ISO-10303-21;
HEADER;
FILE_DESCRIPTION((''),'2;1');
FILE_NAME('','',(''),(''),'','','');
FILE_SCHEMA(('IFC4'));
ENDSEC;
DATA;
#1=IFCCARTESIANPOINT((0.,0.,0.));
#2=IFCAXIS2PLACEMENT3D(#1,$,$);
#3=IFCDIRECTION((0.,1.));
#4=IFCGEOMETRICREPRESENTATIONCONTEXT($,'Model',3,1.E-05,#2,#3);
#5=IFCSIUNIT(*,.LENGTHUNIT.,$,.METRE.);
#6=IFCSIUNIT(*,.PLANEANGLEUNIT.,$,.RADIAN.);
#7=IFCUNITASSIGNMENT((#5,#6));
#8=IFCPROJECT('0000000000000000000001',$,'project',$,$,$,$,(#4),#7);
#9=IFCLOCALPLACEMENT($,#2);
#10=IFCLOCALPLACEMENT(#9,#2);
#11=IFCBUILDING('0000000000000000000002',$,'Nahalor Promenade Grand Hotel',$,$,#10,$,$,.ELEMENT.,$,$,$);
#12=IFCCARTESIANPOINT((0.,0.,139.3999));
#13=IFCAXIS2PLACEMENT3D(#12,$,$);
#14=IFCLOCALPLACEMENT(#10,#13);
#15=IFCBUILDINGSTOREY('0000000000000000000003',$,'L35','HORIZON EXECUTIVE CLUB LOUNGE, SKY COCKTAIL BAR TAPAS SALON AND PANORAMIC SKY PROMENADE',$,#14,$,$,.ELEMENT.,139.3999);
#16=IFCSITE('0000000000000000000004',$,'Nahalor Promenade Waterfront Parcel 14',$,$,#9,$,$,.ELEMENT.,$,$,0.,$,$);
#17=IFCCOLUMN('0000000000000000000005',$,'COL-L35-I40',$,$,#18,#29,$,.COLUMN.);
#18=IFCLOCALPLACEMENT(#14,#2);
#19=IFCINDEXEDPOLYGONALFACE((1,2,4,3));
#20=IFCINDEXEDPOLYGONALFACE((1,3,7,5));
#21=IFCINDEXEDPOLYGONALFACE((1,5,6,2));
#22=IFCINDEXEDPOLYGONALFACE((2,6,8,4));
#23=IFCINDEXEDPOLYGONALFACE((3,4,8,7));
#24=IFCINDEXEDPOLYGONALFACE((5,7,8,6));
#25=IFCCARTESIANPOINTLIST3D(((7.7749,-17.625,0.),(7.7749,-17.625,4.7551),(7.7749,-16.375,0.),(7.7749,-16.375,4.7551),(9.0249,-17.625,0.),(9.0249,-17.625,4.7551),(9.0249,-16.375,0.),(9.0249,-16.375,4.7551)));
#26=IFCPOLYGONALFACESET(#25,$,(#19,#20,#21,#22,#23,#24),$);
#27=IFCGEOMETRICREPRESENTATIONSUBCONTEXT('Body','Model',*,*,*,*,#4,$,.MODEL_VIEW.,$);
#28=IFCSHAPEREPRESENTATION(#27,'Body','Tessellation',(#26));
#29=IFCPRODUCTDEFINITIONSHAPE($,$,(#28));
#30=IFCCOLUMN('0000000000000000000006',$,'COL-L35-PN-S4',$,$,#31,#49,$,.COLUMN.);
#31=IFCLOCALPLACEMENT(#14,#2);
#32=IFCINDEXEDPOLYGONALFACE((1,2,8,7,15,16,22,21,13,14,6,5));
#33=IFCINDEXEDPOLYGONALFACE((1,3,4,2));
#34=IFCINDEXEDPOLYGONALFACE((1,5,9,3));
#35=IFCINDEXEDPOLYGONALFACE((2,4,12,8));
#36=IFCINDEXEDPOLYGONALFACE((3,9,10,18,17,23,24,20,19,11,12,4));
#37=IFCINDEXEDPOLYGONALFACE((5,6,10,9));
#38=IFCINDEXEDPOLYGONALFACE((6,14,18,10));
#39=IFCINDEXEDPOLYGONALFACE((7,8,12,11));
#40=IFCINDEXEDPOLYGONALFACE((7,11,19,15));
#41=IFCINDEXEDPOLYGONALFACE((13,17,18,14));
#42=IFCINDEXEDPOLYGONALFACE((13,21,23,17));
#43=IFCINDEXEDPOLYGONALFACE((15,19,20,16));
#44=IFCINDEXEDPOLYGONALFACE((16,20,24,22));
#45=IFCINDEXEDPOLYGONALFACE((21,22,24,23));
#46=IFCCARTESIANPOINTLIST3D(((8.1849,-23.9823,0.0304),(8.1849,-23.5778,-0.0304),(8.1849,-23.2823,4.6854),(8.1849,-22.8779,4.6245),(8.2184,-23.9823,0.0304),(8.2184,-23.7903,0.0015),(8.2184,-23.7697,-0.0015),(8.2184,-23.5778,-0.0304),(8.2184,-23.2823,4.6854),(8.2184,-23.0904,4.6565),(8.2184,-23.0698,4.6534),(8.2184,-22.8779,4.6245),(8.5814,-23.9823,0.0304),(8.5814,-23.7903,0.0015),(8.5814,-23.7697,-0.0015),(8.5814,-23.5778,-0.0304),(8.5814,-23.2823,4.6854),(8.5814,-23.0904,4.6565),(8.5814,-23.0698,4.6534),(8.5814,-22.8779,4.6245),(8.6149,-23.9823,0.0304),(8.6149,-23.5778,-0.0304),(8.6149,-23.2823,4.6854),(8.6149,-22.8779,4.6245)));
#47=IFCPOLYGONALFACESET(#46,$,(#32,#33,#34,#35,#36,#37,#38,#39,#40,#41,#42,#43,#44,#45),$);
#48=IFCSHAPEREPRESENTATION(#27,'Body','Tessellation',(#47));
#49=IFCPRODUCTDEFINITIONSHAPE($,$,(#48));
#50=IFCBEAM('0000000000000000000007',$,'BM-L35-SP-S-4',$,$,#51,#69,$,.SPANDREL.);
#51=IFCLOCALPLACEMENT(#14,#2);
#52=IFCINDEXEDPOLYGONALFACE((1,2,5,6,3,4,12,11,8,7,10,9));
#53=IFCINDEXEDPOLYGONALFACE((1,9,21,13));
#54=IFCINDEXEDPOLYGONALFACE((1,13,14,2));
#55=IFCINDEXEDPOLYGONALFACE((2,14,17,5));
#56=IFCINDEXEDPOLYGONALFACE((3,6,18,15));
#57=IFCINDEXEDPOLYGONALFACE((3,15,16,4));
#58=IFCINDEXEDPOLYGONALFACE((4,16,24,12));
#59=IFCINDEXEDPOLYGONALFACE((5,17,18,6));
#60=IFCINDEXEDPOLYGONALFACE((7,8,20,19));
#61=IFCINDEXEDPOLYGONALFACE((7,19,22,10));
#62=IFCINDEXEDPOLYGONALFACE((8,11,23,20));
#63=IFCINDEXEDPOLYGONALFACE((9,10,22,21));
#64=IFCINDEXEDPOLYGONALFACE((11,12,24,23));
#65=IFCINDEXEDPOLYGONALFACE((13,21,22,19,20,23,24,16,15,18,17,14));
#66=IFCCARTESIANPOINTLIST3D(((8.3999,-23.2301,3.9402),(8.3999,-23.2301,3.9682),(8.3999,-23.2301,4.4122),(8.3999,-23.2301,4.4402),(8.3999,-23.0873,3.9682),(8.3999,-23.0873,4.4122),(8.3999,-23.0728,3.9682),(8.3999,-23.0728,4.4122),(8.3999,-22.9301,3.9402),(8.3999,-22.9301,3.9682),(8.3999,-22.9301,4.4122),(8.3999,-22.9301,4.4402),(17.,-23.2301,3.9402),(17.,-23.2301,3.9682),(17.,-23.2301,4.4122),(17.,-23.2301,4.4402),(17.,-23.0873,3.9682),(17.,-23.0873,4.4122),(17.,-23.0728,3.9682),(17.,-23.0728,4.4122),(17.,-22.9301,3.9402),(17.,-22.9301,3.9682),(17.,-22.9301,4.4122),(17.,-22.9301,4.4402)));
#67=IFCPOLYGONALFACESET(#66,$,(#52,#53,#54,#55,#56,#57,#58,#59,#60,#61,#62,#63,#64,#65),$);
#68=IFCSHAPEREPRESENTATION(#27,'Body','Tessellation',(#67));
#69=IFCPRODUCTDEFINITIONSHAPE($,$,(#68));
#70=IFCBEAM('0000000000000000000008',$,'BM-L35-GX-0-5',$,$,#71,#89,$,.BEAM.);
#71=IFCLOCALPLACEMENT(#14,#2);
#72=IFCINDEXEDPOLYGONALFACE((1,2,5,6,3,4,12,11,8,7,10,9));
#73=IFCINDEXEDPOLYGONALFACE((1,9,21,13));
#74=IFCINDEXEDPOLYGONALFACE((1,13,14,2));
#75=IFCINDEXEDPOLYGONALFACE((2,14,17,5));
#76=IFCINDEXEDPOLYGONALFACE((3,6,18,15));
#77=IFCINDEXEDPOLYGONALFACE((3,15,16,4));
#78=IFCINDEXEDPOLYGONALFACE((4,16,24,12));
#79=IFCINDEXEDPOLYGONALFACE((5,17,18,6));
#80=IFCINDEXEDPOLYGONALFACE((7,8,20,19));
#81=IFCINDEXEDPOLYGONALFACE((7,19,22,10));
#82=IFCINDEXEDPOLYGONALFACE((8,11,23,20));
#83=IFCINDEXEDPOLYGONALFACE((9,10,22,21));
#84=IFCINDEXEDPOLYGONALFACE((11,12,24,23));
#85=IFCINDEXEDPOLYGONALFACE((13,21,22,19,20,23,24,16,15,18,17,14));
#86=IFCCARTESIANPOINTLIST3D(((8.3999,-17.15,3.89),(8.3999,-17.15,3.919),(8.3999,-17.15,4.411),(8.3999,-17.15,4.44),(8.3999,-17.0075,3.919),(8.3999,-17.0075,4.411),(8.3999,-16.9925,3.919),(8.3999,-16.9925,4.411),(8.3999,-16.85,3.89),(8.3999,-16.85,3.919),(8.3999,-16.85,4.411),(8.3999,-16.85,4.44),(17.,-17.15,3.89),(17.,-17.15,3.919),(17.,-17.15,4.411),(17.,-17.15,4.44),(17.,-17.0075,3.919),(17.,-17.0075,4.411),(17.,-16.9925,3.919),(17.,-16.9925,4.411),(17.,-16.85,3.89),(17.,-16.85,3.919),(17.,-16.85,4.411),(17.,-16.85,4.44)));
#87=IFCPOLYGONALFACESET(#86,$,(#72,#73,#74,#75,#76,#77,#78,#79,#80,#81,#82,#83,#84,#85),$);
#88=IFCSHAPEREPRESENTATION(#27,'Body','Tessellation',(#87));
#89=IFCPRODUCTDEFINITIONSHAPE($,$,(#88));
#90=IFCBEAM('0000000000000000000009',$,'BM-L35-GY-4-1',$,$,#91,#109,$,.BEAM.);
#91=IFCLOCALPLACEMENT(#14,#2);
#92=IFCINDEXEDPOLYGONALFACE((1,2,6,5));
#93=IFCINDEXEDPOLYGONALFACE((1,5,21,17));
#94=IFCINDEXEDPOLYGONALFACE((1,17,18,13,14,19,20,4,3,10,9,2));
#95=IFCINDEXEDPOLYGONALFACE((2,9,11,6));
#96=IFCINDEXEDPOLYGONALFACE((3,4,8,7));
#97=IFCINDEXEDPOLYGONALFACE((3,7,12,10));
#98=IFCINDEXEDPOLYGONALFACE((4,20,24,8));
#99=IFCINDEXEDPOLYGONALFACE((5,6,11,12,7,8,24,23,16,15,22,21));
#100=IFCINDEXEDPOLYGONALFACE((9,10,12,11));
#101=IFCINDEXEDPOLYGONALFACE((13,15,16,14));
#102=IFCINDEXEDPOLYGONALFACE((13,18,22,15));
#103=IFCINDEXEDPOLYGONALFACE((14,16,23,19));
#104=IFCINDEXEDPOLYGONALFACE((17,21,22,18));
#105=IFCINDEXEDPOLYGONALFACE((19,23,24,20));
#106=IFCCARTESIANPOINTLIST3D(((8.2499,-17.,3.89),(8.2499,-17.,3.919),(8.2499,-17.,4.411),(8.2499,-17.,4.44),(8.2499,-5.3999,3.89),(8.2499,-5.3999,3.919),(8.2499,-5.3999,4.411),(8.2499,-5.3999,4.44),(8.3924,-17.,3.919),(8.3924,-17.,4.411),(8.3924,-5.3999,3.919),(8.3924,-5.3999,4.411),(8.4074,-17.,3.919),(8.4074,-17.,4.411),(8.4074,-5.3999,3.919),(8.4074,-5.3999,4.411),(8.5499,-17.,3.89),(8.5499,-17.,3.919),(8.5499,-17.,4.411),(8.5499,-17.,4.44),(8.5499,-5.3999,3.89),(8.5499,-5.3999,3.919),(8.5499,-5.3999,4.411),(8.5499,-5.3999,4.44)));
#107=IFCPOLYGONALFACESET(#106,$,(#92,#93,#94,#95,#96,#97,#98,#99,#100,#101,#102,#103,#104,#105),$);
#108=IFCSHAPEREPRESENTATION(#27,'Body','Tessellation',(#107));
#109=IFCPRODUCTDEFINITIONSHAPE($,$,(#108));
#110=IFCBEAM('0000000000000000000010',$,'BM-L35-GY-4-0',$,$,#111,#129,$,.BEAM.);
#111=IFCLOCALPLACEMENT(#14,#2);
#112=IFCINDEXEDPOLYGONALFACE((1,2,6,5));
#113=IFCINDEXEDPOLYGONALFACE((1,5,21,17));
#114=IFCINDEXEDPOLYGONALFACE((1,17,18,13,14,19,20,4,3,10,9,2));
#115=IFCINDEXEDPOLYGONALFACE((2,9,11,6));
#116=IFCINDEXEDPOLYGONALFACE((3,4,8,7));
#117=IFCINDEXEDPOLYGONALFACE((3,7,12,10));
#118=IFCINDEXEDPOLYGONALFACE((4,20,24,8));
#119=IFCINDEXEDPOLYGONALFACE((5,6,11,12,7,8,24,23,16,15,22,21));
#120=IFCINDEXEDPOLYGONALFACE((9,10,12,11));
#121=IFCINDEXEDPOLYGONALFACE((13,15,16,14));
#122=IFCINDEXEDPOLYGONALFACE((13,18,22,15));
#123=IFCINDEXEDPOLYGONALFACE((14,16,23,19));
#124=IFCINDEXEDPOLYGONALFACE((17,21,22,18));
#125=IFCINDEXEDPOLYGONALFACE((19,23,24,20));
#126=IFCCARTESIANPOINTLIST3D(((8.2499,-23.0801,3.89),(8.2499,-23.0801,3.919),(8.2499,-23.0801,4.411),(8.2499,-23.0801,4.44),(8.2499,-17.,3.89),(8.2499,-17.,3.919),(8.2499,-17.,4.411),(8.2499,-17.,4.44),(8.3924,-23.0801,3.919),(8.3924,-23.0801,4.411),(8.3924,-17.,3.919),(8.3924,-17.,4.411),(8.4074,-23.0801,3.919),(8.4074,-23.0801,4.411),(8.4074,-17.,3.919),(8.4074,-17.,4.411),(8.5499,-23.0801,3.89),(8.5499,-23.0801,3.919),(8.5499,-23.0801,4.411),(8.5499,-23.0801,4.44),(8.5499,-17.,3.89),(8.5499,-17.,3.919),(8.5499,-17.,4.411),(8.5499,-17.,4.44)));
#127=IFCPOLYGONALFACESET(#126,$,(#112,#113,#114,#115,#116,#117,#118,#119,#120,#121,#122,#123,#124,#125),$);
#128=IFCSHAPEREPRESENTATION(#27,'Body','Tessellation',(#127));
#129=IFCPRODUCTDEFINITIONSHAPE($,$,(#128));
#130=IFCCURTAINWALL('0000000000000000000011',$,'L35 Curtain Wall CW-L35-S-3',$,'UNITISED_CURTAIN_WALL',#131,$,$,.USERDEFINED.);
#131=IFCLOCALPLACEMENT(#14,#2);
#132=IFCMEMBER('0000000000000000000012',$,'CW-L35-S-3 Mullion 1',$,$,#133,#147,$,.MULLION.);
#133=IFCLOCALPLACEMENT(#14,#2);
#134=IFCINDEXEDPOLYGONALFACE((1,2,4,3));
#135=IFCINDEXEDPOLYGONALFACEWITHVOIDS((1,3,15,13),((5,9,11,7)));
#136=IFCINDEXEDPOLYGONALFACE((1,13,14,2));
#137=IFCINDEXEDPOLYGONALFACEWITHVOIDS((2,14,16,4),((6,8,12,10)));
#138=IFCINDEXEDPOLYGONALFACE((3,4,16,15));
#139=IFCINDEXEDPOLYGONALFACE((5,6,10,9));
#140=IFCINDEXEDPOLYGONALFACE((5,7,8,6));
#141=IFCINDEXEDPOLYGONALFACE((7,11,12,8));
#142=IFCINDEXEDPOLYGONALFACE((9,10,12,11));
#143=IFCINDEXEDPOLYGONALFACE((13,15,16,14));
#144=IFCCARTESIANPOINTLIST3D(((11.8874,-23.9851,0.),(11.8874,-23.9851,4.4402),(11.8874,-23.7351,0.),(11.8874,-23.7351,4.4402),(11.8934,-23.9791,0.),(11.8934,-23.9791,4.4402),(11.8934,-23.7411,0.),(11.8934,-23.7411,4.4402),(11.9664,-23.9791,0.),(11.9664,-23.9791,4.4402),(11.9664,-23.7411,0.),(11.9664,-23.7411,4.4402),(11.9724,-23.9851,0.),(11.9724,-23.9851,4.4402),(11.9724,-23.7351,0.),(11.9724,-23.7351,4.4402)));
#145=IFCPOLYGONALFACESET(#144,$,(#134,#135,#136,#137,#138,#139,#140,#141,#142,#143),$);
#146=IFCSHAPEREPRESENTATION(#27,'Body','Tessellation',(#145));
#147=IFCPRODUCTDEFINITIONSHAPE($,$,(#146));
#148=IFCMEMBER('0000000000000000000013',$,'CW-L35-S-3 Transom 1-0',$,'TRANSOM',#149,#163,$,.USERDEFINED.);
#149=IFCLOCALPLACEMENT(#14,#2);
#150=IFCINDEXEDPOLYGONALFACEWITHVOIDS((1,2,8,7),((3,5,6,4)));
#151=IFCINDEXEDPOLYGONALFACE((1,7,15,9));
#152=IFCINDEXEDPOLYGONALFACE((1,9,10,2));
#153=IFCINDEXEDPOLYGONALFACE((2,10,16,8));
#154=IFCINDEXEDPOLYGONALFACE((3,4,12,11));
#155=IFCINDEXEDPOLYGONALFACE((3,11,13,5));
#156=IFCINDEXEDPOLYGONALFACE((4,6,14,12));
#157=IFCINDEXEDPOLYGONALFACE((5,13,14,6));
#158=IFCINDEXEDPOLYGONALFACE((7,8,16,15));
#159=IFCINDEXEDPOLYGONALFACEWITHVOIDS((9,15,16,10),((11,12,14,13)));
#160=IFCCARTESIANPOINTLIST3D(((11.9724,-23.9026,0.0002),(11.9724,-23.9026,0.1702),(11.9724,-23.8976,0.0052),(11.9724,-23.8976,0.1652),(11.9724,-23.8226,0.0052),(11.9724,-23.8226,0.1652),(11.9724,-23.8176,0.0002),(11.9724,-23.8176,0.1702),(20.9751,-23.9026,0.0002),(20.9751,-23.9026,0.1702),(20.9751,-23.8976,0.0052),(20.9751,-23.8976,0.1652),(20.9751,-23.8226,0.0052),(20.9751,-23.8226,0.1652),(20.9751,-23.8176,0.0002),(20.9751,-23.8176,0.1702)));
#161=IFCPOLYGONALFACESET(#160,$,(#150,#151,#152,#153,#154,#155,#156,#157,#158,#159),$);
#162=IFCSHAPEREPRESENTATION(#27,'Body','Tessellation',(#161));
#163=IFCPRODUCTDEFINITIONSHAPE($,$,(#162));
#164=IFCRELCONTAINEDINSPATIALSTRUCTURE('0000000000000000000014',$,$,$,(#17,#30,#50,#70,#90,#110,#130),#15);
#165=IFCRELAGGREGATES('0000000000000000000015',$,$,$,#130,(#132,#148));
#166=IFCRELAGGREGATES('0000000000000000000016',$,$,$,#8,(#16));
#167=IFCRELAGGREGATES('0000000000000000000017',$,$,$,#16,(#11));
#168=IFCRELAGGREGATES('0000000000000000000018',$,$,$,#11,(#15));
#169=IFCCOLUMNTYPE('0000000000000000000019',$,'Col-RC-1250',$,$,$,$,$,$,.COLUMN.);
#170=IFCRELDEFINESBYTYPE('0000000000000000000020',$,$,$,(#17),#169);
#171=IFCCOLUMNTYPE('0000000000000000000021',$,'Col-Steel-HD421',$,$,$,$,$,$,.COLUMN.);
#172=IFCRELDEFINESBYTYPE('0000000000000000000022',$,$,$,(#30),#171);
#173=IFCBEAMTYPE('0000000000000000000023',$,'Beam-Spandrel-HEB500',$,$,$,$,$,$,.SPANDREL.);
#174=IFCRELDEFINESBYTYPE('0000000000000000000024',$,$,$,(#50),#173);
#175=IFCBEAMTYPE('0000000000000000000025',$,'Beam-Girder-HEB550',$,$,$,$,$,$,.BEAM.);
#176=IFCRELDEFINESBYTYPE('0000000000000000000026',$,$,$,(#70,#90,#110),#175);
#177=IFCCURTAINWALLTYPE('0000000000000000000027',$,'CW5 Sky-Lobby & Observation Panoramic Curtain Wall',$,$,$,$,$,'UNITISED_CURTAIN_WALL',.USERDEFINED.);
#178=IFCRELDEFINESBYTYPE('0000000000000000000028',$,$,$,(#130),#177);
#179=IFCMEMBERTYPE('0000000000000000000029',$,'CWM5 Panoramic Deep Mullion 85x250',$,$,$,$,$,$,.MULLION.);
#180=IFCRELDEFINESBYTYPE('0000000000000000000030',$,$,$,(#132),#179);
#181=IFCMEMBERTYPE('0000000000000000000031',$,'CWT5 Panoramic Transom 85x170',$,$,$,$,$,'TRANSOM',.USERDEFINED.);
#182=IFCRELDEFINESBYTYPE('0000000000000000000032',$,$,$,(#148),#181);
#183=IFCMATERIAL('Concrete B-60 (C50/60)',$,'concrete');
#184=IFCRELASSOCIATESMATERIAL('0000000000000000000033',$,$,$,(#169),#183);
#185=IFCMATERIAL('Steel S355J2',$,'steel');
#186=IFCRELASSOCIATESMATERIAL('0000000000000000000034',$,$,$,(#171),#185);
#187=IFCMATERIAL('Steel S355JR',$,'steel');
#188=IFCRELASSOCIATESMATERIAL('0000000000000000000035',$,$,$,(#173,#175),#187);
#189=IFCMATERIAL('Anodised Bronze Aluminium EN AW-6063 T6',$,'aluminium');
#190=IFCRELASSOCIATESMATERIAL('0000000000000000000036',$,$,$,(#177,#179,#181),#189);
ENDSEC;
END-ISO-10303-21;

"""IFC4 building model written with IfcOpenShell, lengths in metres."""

from ifc_helpers import new_model, si_unit, direction, frame, origin, origin_2d, place, context, subcontext, project, spatial, rectangle, hollow_rectangle, i_section, extrude, source, transform, mapped, material, material_profile, profile_set, type_object, element, aggregate, save


model = new_model("IFC4")

# Units and contexts
model_context = context("Model", 3, precision=1e-05, world=origin(), true_north=direction((0.0, 1.0)))
body_context = subcontext(model_context, "Body", "Model", "MODEL_VIEW")
ifc_project = project(units=[si_unit("LENGTHUNIT", "METRE"), si_unit("PLANEANGLEUNIT", "RADIAN")], contexts=[model_context])

# Site, building, storey
site_placement = place(None, origin())
site = spatial("IfcSite", under=ifc_project, at=site_placement, Name="Nahalor Promenade Waterfront Parcel 14", CompositionType="ELEMENT", RefElevation=0.0)
building_placement = place(site_placement, origin())
building = spatial("IfcBuilding", under=site, at=building_placement, Name="Nahalor Promenade Grand Hotel", CompositionType="ELEMENT")
storey_placement = place(building_placement, frame((0.0, 0.0, 139.3999)))
storey = spatial("IfcBuildingStorey", under=building, at=storey_placement, Name="L35", Description="HORIZON EXECUTIVE CLUB LOUNGE, SKY COCKTAIL BAR TAPAS SALON AND PANORAMIC SKY PROMENADE", CompositionType="ELEMENT", Elevation=139.3999)

# Columns
ifc_material_1 = material(Name="Concrete B-60 (C50/60)", Category="concrete")
ifc_material_profile_1 = material_profile(ifc_material_1, rectangle(XDim=1.25, YDim=1.25, at=origin_2d()), Name="RC 1250x1250")
ifc_profile_set_1 = profile_set([ifc_material_profile_1], Name="Concrete B-60 (C50/60)")
column_type_1 = type_object("IfcColumnType", Name="Col-RC-1250", PredefinedType="COLUMN", material=ifc_profile_set_1)
shared_shape_1 = source(origin(), body_context, "Body", "SweptSolid", [
    extrude(rectangle(XDim=1.25, YDim=1.25, at=origin_2d()), origin(), (0.0, 0.0, 1.0), 4.7551),
])
column_1_placement = place(storey_placement, frame((8.3999, -17.0, 0.0), z_axis=(0.0, 0.0, 1.0), x_axis=(1.0, 0.0, 0.0)))
element("IfcColumn", 1, at=column_1_placement, inside=storey, type_object=column_type_1, Name="COL-L35-I40", PredefinedType="COLUMN", context=body_context, shape_type="MappedRepresentation", body=[
    mapped(shared_shape_1, transform((0.0, 0.0, 0.0), scale=1.0)),
])
ifc_material_2 = material(Name="Steel S355J2", Category="steel")
ifc_material_profile_2 = material_profile(ifc_material_2, i_section(OverallWidth=0.409, OverallDepth=0.43, WebThickness=0.0208, FlangeThickness=0.0335, at=origin_2d()), Name="HD 400x421")
ifc_profile_set_2 = profile_set([ifc_material_profile_2], Name="Steel S355J2")
column_type_2 = type_object("IfcColumnType", Name="Col-Steel-HD421", PredefinedType="COLUMN", material=ifc_profile_set_2)
shared_shape_2 = source(origin(), body_context, "Body", "SweptSolid", [
    extrude(i_section(OverallWidth=0.409, OverallDepth=0.43, WebThickness=0.0208, FlangeThickness=0.0335, at=origin_2d()), origin(), (0.0, 0.0, 1.0), 4.7073),
])
column_2_placement = place(storey_placement, frame((8.3999, -23.78, 0.0), z_axis=(0.0, 0.148693, 0.988883), x_axis=(0.0, -0.988883, 0.148693)))
element("IfcColumn", 2, at=column_2_placement, inside=storey, type_object=column_type_2, Name="COL-L35-PN-S4", PredefinedType="COLUMN", context=body_context, shape_type="MappedRepresentation", body=[
    mapped(shared_shape_2, transform((0.0, 0.0, 0.0), scale=1.0)),
])

# Beams
ifc_material_3 = material(Name="Steel S355JR", Category="steel")
ifc_material_profile_3 = material_profile(ifc_material_3, i_section(OverallWidth=0.3, OverallDepth=0.5, WebThickness=0.0145, FlangeThickness=0.028, at=origin_2d()), Name="HEB 500")
ifc_profile_set_3 = profile_set([ifc_material_profile_3], Name="Steel S355JR")
beam_type_1 = type_object("IfcBeamType", Name="Beam-Spandrel-HEB500", PredefinedType="SPANDREL", material=ifc_profile_set_3)
shared_shape_3 = source(origin(), body_context, "Body", "SweptSolid", [
    extrude(i_section(OverallWidth=0.3, OverallDepth=0.5, WebThickness=0.0145, FlangeThickness=0.028, at=origin_2d()), origin(), (0.0, 0.0, 1.0), 8.6001),
])
beam_1_placement = place(storey_placement, frame((8.3999, -23.0801, 4.1902), z_axis=(1.0, 0.0, 0.0), x_axis=(0.0, 1.0, 0.0)))
element("IfcBeam", 3, at=beam_1_placement, inside=storey, type_object=beam_type_1, Name="BM-L35-SP-S-4", PredefinedType="SPANDREL", context=body_context, shape_type="MappedRepresentation", body=[
    mapped(shared_shape_3, transform((0.0, 0.0, 0.0), scale=1.0)),
])
ifc_material_profile_4 = material_profile(ifc_material_3, i_section(OverallWidth=0.3, OverallDepth=0.55, WebThickness=0.015, FlangeThickness=0.029, at=origin_2d()), Name="HEB 550")
ifc_profile_set_4 = profile_set([ifc_material_profile_4], Name="Steel S355JR")
beam_type_2 = type_object("IfcBeamType", Name="Beam-Girder-HEB550", PredefinedType="BEAM", material=ifc_profile_set_4)
shared_shape_4 = source(origin(), body_context, "Body", "SweptSolid", [
    extrude(i_section(OverallWidth=0.3, OverallDepth=0.55, WebThickness=0.015, FlangeThickness=0.029, at=origin_2d()), origin(), (0.0, 0.0, 1.0), 8.6001),
])
beam_2_placement = place(storey_placement, frame((8.3999, -17.0, 4.165), z_axis=(1.0, 0.0, 0.0), x_axis=(0.0, 1.0, 0.0)))
element("IfcBeam", 4, at=beam_2_placement, inside=storey, type_object=beam_type_2, Name="BM-L35-GX-0-5", PredefinedType="BEAM", context=body_context, shape_type="MappedRepresentation", body=[
    mapped(shared_shape_4, transform((0.0, 0.0, 0.0), scale=1.0)),
])
shared_shape_5 = source(origin(), body_context, "Body", "SweptSolid", [
    extrude(i_section(OverallWidth=0.3, OverallDepth=0.55, WebThickness=0.015, FlangeThickness=0.029, at=origin_2d()), origin(), (0.0, 0.0, 1.0), 11.6001),
])
beam_3_placement = place(storey_placement, frame((8.3999, -17.0, 4.165), z_axis=(0.0, 1.0, 0.0), x_axis=(-1.0, 0.0, 0.0)))
element("IfcBeam", 5, at=beam_3_placement, inside=storey, type_object=beam_type_2, Name="BM-L35-GY-4-1", PredefinedType="BEAM", context=body_context, shape_type="MappedRepresentation", body=[
    mapped(shared_shape_5, transform((0.0, 0.0, 0.0), scale=1.0)),
])
shared_shape_6 = source(origin(), body_context, "Body", "SweptSolid", [
    extrude(i_section(OverallWidth=0.3, OverallDepth=0.55, WebThickness=0.015, FlangeThickness=0.029, at=origin_2d()), origin(), (0.0, 0.0, 1.0), 6.0801),
])
beam_4_placement = place(storey_placement, frame((8.3999, -23.0801, 4.165), z_axis=(0.0, 1.0, 0.0), x_axis=(-1.0, 0.0, 0.0)))
element("IfcBeam", 6, at=beam_4_placement, inside=storey, type_object=beam_type_2, Name="BM-L35-GY-4-0", PredefinedType="BEAM", context=body_context, shape_type="MappedRepresentation", body=[
    mapped(shared_shape_6, transform((0.0, 0.0, 0.0), scale=1.0)),
])

# Curtain wall, members
ifc_material_4 = material(Name="Anodised Bronze Aluminium EN AW-6063 T6", Category="aluminium")
curtain_wall_type = type_object("IfcCurtainWallType", Name="CW5 Sky-Lobby & Observation Panoramic Curtain Wall", ElementType="UNITISED_CURTAIN_WALL", PredefinedType="USERDEFINED", material=ifc_material_4)
curtain_wall_placement = place(storey_placement, origin())
curtain_wall = element("IfcCurtainWall", 7, at=curtain_wall_placement, inside=storey, type_object=curtain_wall_type, Name="L35 Curtain Wall CW-L35-S-3", ObjectType="UNITISED_CURTAIN_WALL", PredefinedType="USERDEFINED")
ifc_material_profile_5 = material_profile(ifc_material_4, hollow_rectangle(XDim=0.085, YDim=0.25, WallThickness=0.006, at=origin_2d()), Name="CWM 85x250x6")
ifc_profile_set_5 = profile_set([ifc_material_profile_5], Name="Anodised Bronze Aluminium EN AW-6063 T6")
member_type_1 = type_object("IfcMemberType", Name="CWM5 Panoramic Deep Mullion 85x250", PredefinedType="MULLION", material=ifc_profile_set_5)
shared_shape_7 = source(origin(), body_context, "Body", "SweptSolid", [
    extrude(hollow_rectangle(XDim=0.085, YDim=0.25, WallThickness=0.006, at=origin_2d()), origin(), (0.0, 0.0, 1.0), 4.4402),
])
member_1_placement = place(storey_placement, frame((11.9299, -23.8601, 0.0), z_axis=(0.0, 0.0, 1.0), x_axis=(1.0, 0.0, 0.0)))
member_1 = element("IfcMember", 8, at=member_1_placement, type_object=member_type_1, Name="CW-L35-S-3 Mullion 1", PredefinedType="MULLION", context=body_context, shape_type="MappedRepresentation", body=[
    mapped(shared_shape_7, transform((0.0, 0.0, 0.0), scale=1.0)),
])
ifc_material_profile_6 = material_profile(ifc_material_4, hollow_rectangle(XDim=0.085, YDim=0.17, WallThickness=0.005, at=origin_2d()), Name="CWT 85x170x5")
ifc_profile_set_6 = profile_set([ifc_material_profile_6], Name="Anodised Bronze Aluminium EN AW-6063 T6")
member_type_2 = type_object("IfcMemberType", Name="CWT5 Panoramic Transom 85x170", ElementType="TRANSOM", PredefinedType="USERDEFINED", material=ifc_profile_set_6)
shared_shape_8 = source(origin(), body_context, "Body", "SweptSolid", [
    extrude(hollow_rectangle(XDim=0.085, YDim=0.17, WallThickness=0.005, at=origin_2d()), origin(), (0.0, 0.0, 1.0), 9.0027),
])
member_2_placement = place(storey_placement, frame((11.9724, -23.8601, 0.0852), z_axis=(1.0, 0.0, 0.0), x_axis=(0.0, 1.0, 0.0)))
member_2 = element("IfcMember", 9, at=member_2_placement, type_object=member_type_2, Name="CW-L35-S-3 Transom 1-0", ObjectType="TRANSOM", PredefinedType="USERDEFINED", context=body_context, shape_type="MappedRepresentation", body=[
    mapped(shared_shape_8, transform((0.0, 0.0, 0.0), scale=1.0)),
])
aggregate(curtain_wall, [member_1, member_2])

save(model, "model.ifc")
